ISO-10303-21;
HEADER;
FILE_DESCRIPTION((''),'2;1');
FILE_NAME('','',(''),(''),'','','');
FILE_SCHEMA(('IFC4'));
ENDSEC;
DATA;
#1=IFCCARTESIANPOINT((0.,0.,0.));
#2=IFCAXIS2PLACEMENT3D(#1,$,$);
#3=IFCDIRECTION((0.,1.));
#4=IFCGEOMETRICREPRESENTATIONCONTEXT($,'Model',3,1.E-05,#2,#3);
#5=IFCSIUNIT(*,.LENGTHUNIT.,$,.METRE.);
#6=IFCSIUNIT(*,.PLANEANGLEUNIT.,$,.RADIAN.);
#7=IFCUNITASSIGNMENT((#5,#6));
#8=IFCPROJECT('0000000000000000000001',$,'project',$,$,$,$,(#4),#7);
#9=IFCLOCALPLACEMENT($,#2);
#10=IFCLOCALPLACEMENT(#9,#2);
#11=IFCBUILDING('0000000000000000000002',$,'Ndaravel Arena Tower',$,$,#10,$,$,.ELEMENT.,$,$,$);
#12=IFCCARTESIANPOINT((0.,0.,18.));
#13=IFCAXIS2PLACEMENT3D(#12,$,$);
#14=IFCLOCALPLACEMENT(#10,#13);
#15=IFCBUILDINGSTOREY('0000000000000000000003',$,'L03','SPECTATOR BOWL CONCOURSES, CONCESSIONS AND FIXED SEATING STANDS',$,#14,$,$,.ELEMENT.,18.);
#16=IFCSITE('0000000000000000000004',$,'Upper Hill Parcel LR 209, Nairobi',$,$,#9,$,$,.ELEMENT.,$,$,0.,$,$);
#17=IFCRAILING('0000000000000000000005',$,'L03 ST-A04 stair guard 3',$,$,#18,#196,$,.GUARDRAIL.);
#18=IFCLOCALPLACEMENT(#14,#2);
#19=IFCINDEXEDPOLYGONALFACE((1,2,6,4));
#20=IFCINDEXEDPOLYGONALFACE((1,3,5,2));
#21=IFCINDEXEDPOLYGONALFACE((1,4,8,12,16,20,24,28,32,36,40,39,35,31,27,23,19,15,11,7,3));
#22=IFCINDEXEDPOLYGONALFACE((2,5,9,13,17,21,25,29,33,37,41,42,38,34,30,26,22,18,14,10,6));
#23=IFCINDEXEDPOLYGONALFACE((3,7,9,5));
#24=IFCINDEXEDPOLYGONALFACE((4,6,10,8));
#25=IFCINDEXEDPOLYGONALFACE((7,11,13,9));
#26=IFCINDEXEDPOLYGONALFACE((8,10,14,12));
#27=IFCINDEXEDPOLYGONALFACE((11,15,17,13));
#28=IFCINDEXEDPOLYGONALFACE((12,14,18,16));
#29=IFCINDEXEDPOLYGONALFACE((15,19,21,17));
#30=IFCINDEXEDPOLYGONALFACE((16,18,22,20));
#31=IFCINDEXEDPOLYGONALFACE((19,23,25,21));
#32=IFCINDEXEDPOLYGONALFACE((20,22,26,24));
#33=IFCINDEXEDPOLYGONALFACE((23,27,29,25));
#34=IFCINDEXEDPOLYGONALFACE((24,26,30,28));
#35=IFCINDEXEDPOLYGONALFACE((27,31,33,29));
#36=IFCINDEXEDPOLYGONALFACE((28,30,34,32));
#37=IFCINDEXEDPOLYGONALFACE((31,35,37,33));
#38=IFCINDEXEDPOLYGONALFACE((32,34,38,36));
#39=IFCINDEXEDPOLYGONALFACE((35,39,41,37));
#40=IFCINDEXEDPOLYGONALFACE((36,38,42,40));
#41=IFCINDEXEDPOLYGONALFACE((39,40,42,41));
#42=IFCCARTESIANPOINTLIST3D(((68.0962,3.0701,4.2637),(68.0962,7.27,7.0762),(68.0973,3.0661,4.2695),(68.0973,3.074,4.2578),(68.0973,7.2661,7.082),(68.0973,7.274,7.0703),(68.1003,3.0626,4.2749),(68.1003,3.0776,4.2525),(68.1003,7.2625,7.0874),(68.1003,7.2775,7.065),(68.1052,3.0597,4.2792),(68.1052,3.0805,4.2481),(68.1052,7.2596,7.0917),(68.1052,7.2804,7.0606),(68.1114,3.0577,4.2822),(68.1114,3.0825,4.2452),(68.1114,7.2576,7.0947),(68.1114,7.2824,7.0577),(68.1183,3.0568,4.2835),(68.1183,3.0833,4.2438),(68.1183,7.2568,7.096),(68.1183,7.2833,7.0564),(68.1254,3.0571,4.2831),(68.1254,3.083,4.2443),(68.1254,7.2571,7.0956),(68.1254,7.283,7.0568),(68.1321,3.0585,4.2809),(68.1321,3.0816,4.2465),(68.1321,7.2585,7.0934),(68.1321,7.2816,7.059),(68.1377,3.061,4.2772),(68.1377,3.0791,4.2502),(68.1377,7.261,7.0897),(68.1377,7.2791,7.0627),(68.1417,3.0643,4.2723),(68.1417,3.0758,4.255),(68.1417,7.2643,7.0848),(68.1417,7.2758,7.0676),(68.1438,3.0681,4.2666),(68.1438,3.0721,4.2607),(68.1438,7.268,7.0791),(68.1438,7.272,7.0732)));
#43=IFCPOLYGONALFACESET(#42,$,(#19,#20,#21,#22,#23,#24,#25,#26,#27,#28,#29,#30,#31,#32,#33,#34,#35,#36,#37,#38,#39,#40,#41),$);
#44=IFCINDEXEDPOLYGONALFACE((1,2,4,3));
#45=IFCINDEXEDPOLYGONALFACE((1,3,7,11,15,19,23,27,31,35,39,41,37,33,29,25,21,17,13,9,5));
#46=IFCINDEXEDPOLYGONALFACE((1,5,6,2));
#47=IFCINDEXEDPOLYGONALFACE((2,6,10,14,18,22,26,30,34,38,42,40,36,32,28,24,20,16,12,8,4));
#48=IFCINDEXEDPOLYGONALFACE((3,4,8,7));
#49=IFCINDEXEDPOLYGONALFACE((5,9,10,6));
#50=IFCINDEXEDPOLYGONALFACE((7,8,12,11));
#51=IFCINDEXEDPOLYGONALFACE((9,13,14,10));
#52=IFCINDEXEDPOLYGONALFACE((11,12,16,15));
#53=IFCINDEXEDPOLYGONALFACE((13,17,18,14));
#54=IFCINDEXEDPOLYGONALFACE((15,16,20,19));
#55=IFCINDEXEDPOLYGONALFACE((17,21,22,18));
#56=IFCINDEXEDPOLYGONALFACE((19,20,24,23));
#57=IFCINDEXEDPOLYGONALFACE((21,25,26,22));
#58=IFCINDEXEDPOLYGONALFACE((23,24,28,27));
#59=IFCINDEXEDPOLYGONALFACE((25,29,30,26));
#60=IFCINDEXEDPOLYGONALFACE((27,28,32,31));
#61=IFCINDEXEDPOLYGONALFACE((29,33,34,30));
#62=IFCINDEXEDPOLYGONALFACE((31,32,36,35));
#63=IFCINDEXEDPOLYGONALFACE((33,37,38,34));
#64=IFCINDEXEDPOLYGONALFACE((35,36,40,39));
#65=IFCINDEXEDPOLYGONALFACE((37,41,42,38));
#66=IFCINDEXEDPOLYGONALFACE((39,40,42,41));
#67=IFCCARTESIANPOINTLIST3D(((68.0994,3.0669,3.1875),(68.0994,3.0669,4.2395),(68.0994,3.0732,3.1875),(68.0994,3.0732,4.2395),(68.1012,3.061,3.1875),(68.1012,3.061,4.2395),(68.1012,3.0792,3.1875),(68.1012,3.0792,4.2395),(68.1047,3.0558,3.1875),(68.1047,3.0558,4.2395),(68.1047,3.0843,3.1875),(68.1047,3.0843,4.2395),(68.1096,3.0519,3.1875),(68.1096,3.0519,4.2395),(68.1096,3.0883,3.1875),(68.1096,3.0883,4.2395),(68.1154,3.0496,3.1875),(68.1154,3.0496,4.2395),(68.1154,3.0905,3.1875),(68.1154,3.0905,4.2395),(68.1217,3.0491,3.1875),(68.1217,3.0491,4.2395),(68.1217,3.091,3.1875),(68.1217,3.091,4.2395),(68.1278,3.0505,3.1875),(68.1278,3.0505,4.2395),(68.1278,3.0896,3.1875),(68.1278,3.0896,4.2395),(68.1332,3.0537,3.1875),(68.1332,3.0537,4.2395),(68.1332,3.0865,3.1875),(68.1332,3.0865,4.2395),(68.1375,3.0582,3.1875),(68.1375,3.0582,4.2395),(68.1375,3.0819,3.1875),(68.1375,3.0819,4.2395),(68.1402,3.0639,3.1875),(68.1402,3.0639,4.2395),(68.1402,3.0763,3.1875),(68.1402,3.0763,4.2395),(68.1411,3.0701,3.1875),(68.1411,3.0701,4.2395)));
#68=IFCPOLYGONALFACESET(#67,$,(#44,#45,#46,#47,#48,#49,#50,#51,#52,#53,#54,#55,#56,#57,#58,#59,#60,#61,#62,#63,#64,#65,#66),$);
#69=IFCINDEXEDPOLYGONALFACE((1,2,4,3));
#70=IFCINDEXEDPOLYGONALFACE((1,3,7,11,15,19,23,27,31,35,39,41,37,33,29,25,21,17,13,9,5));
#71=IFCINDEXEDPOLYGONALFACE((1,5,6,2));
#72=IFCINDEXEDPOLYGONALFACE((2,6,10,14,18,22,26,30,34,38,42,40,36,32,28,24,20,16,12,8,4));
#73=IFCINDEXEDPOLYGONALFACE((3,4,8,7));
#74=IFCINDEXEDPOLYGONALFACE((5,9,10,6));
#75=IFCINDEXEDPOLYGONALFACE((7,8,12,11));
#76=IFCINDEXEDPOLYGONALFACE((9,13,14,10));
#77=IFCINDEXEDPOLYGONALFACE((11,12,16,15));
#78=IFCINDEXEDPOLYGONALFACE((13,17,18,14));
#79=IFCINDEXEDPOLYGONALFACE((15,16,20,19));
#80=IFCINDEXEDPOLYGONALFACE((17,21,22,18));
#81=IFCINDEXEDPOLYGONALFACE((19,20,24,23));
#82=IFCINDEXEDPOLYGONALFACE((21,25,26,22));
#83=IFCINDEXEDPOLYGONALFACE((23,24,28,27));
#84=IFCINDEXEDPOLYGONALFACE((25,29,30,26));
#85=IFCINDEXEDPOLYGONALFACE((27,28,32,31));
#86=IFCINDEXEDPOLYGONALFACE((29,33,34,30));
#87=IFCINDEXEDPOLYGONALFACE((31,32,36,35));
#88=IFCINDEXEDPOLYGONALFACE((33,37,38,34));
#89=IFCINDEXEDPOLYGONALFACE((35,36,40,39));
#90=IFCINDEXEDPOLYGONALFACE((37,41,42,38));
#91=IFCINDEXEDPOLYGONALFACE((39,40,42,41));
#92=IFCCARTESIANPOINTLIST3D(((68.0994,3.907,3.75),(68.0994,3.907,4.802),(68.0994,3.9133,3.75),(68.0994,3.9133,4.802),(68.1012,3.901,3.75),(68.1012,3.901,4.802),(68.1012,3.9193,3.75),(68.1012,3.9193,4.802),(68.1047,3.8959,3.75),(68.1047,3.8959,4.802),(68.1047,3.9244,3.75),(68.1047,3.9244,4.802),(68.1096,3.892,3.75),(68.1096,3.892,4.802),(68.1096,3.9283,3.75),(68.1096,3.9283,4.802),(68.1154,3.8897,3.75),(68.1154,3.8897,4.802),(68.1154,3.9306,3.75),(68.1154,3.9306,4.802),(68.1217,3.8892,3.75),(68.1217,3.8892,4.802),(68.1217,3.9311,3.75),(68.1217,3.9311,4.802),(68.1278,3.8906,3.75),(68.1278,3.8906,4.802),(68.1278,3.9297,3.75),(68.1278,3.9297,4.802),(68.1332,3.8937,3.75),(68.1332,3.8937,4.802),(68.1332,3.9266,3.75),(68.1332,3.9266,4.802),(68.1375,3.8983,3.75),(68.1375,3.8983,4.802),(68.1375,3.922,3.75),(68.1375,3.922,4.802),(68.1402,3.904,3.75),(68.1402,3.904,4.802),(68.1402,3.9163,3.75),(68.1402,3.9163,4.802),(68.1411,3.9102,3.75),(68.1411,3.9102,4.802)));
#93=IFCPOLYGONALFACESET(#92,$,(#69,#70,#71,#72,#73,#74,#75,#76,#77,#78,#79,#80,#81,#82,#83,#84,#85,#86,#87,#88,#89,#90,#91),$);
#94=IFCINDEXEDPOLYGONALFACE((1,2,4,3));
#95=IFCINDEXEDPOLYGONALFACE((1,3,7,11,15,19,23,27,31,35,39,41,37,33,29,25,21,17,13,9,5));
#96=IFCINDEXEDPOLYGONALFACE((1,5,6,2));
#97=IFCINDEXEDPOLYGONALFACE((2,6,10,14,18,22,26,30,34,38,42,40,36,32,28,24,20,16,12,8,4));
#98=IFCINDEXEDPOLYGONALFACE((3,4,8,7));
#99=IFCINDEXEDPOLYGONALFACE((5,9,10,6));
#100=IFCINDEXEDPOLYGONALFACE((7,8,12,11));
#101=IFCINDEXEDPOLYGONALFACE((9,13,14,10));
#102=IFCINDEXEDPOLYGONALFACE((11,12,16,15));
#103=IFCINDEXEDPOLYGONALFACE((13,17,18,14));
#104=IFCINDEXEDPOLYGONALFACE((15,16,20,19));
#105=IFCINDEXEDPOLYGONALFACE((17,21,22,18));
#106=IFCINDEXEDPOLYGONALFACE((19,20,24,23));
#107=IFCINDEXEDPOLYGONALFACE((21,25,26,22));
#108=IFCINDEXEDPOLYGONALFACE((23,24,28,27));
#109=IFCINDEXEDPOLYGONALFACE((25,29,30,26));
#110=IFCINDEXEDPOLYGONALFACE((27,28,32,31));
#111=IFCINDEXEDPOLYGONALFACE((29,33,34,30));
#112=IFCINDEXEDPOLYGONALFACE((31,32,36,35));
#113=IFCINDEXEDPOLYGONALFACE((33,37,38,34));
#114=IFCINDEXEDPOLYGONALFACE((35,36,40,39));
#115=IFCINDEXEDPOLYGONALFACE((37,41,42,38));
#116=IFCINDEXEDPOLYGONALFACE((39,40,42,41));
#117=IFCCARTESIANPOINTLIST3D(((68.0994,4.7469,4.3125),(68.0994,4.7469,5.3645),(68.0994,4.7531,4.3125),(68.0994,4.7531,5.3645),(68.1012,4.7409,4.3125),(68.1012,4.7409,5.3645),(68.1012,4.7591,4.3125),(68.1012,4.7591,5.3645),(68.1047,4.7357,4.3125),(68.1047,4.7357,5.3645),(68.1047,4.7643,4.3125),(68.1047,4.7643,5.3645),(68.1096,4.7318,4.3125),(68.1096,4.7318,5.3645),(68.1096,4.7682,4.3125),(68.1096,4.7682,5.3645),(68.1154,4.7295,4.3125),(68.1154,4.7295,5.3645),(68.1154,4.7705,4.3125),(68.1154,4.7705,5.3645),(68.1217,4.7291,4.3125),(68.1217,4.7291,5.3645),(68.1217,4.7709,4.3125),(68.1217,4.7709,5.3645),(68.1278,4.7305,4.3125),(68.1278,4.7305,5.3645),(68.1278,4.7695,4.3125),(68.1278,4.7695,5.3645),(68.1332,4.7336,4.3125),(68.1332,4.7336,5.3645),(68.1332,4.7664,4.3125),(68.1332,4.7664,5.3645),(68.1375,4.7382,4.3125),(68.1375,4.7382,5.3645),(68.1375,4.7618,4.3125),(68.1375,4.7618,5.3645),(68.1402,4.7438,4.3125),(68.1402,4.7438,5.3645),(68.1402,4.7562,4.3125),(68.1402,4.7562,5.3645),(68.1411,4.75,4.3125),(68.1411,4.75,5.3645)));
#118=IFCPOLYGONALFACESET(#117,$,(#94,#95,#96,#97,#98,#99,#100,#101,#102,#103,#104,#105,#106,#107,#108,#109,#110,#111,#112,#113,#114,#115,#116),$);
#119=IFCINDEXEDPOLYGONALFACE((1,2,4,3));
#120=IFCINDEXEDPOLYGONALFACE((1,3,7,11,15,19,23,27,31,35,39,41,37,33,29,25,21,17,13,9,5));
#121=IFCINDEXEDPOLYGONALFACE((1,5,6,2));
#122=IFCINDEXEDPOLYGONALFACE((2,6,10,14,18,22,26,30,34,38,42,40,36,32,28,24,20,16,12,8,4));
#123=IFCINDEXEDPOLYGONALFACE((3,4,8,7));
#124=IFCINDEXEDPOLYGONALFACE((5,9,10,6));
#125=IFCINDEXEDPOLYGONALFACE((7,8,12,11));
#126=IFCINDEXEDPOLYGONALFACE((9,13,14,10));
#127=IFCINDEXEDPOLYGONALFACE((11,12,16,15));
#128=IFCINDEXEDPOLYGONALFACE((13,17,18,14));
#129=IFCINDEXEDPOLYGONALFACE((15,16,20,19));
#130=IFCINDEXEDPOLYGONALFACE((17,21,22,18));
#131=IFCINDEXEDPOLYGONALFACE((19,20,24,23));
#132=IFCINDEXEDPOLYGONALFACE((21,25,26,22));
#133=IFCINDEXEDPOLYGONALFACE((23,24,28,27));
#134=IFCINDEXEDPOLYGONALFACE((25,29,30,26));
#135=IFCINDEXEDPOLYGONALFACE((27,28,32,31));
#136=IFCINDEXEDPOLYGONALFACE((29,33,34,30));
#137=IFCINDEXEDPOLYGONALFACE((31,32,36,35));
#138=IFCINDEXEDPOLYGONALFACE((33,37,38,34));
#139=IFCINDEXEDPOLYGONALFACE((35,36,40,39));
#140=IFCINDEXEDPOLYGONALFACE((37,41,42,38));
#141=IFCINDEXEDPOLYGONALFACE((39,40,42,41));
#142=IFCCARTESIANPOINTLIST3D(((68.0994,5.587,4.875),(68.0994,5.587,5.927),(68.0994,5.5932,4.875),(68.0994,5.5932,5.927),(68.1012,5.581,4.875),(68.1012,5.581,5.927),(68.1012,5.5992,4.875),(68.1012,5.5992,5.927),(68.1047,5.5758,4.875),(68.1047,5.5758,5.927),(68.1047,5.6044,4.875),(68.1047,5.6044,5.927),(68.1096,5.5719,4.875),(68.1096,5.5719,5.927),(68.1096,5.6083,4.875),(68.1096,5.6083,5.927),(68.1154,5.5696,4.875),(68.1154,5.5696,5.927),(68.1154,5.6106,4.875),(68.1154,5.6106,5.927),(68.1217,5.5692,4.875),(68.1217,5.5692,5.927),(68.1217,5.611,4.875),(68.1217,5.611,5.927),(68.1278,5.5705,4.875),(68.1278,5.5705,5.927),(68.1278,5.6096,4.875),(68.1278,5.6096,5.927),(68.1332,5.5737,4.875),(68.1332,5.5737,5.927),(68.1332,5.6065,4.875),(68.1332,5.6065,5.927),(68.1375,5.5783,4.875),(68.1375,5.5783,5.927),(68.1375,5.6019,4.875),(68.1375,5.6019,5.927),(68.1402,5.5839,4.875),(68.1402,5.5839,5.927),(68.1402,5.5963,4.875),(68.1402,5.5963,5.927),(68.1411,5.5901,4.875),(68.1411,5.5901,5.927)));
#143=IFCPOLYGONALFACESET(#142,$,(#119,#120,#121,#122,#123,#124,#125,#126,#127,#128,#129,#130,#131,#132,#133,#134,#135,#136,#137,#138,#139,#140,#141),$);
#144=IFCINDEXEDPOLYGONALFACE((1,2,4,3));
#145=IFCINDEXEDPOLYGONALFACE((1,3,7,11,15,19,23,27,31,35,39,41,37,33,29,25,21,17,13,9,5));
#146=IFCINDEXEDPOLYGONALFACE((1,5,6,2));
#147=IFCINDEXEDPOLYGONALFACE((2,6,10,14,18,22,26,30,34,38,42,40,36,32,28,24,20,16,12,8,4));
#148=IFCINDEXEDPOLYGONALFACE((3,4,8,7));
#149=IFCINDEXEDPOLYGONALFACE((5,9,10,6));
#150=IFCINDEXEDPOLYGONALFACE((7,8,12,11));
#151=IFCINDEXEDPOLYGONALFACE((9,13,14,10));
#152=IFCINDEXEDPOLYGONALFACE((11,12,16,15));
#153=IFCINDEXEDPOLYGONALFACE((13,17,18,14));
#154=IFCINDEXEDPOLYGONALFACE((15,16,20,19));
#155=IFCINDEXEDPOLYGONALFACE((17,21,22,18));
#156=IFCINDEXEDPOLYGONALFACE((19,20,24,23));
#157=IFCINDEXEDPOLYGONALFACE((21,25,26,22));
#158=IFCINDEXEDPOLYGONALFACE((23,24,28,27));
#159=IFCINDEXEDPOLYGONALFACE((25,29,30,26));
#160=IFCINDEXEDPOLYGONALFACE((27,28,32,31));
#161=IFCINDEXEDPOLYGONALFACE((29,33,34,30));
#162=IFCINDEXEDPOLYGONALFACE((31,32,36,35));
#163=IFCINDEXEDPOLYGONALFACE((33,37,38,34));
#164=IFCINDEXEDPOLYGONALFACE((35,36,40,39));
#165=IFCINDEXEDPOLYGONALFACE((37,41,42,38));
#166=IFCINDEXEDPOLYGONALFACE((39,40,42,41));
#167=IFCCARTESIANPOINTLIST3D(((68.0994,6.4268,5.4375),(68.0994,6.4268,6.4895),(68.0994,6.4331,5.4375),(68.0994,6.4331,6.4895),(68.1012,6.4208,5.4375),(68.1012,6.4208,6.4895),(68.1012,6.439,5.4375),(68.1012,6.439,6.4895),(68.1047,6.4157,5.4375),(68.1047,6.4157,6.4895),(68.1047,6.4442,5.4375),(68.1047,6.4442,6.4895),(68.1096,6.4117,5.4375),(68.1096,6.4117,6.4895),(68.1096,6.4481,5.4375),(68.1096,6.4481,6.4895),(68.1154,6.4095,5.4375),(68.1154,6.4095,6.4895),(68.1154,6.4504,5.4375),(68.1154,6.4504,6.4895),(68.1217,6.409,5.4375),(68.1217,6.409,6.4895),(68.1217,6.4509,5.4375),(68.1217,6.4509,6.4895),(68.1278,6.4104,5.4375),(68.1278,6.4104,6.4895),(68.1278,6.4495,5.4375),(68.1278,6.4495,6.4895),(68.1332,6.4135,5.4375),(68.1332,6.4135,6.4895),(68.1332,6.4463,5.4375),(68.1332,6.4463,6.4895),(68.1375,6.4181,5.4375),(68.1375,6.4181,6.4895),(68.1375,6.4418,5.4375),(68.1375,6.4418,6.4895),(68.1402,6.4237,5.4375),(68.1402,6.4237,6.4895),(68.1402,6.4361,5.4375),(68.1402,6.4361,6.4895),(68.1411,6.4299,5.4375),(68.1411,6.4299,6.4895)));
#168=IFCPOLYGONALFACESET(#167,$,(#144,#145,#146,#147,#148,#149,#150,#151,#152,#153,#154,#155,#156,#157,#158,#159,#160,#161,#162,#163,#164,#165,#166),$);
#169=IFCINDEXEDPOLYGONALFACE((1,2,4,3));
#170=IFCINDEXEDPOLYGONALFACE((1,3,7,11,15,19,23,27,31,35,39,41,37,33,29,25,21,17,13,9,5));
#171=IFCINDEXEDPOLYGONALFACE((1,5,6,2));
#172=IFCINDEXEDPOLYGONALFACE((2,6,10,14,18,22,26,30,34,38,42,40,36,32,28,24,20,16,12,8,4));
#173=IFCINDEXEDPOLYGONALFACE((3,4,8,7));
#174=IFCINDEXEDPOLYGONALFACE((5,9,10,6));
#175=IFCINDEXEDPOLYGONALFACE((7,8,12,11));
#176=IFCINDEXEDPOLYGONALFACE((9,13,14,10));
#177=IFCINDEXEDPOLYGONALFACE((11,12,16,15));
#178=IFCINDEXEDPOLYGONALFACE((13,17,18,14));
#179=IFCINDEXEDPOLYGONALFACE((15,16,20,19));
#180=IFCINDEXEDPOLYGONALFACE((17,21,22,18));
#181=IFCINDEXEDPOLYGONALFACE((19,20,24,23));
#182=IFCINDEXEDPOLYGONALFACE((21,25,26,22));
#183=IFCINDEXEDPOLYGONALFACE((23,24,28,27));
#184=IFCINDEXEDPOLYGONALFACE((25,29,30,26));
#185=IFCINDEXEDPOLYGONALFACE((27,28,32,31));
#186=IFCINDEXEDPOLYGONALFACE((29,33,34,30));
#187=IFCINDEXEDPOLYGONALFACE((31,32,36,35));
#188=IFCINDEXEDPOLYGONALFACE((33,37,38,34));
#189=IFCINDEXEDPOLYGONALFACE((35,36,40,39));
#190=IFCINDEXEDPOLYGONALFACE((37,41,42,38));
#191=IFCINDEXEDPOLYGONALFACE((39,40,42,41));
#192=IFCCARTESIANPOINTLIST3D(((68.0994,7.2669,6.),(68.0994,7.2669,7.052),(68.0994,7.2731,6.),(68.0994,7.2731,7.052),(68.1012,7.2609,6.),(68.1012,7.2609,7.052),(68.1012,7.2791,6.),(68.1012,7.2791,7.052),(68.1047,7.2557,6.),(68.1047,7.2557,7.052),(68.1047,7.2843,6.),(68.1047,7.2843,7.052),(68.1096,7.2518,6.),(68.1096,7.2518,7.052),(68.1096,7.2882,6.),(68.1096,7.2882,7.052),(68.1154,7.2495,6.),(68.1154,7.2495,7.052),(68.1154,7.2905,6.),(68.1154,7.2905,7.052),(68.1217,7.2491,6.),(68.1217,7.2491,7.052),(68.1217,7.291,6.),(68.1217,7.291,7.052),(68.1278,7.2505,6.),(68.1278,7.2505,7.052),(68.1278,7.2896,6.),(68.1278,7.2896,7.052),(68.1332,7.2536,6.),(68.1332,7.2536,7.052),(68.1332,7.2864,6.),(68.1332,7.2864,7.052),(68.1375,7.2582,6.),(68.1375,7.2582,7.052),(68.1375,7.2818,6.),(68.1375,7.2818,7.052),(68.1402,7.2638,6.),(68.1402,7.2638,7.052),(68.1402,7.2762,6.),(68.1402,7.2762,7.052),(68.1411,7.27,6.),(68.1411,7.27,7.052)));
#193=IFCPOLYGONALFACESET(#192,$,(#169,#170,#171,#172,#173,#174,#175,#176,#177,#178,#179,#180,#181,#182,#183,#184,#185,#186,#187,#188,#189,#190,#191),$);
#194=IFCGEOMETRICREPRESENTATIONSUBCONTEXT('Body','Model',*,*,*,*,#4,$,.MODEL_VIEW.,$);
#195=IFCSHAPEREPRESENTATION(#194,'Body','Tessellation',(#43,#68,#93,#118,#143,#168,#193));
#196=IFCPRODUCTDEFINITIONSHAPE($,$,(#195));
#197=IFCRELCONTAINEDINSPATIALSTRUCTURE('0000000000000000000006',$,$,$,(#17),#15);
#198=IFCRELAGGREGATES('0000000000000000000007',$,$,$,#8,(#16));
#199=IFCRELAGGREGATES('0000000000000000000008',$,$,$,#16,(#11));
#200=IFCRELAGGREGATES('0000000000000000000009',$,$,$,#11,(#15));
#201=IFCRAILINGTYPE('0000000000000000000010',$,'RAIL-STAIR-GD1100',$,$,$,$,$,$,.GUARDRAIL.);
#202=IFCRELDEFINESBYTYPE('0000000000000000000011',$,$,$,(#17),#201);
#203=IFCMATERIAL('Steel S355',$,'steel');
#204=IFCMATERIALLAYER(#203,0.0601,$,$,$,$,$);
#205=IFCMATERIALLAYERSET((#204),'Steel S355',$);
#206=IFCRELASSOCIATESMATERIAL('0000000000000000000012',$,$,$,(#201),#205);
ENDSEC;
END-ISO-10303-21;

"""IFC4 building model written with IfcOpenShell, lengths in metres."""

from ifc_helpers import new_model, si_unit, direction, frame, origin, origin_2d, place, context, subcontext, project, spatial, circle, extrude, material, layer, layer_set, type_object, element, save


model = new_model("IFC4")

# Units and contexts
model_context = context("Model", 3, precision=1e-05, world=origin(), true_north=direction((0.0, 1.0)))
body_context = subcontext(model_context, "Body", "Model", "MODEL_VIEW")
ifc_project = project(units=[si_unit("LENGTHUNIT", "METRE"), si_unit("PLANEANGLEUNIT", "RADIAN")], contexts=[model_context])

# Site, building, storey
site_placement = place(None, origin())
site = spatial("IfcSite", under=ifc_project, at=site_placement, Name="Upper Hill Parcel LR 209, Nairobi", CompositionType="ELEMENT", RefElevation=0.0)
building_placement = place(site_placement, origin())
building = spatial("IfcBuilding", under=site, at=building_placement, Name="Ndaravel Arena Tower", CompositionType="ELEMENT")
storey_placement = place(building_placement, frame((0.0, 0.0, 18.0)))
storey = spatial("IfcBuildingStorey", under=building, at=storey_placement, Name="L03", Description="SPECTATOR BOWL CONCOURSES, CONCESSIONS AND FIXED SEATING STANDS", CompositionType="ELEMENT", Elevation=18.0)

# Railing
ifc_material_1 = material(Name="Steel S355", Category="steel")
ifc_layer_1 = layer(ifc_material_1, 0.0601)
ifc_layer_set_1 = layer_set([ifc_layer_1], Name="Steel S355")
railing_type_1 = type_object("IfcRailingType", Name="RAIL-STAIR-GD1100", PredefinedType="GUARDRAIL", material=ifc_layer_set_1)
railing_1_placement = place(storey_placement, frame((68.1201, 3.0701, 3.1875)))
element("IfcRailing", 1, at=railing_1_placement, inside=storey, type_object=railing_type_1, Name="L03 ST-A04 stair guard 3", PredefinedType="GUARDRAIL", context=body_context, shape_type="SweptSolid", body=[
    extrude(circle(Radius=0.0239, at=origin_2d()), frame((0.0, 0.0, 1.0762), z_axis=(0.0, 0.830904, 0.556416), x_axis=(-1.0, 0.0, 0.0)), (0.0, 0.0, 1.0), 5.0547),
    extrude(circle(Radius=0.021, at=origin_2d()), origin(), (0.0, 0.0, 1.0), 1.052),
    extrude(circle(Radius=0.021, at=origin_2d()), frame((0.0, 0.8401, 0.5625)), (0.0, 0.0, 1.0), 1.052),
    extrude(circle(Radius=0.021, at=origin_2d()), frame((0.0, 1.6799, 1.125)), (0.0, 0.0, 1.0), 1.052),
    extrude(circle(Radius=0.021, at=origin_2d()), frame((0.0, 2.52, 1.6875)), (0.0, 0.0, 1.0), 1.052),
    extrude(circle(Radius=0.021, at=origin_2d()), frame((0.0, 3.3599, 2.25)), (0.0, 0.0, 1.0), 1.052),
    extrude(circle(Radius=0.021, at=origin_2d()), frame((0.0, 4.2, 2.8125)), (0.0, 0.0, 1.0), 1.052),
])

save(model, "model.ifc")
